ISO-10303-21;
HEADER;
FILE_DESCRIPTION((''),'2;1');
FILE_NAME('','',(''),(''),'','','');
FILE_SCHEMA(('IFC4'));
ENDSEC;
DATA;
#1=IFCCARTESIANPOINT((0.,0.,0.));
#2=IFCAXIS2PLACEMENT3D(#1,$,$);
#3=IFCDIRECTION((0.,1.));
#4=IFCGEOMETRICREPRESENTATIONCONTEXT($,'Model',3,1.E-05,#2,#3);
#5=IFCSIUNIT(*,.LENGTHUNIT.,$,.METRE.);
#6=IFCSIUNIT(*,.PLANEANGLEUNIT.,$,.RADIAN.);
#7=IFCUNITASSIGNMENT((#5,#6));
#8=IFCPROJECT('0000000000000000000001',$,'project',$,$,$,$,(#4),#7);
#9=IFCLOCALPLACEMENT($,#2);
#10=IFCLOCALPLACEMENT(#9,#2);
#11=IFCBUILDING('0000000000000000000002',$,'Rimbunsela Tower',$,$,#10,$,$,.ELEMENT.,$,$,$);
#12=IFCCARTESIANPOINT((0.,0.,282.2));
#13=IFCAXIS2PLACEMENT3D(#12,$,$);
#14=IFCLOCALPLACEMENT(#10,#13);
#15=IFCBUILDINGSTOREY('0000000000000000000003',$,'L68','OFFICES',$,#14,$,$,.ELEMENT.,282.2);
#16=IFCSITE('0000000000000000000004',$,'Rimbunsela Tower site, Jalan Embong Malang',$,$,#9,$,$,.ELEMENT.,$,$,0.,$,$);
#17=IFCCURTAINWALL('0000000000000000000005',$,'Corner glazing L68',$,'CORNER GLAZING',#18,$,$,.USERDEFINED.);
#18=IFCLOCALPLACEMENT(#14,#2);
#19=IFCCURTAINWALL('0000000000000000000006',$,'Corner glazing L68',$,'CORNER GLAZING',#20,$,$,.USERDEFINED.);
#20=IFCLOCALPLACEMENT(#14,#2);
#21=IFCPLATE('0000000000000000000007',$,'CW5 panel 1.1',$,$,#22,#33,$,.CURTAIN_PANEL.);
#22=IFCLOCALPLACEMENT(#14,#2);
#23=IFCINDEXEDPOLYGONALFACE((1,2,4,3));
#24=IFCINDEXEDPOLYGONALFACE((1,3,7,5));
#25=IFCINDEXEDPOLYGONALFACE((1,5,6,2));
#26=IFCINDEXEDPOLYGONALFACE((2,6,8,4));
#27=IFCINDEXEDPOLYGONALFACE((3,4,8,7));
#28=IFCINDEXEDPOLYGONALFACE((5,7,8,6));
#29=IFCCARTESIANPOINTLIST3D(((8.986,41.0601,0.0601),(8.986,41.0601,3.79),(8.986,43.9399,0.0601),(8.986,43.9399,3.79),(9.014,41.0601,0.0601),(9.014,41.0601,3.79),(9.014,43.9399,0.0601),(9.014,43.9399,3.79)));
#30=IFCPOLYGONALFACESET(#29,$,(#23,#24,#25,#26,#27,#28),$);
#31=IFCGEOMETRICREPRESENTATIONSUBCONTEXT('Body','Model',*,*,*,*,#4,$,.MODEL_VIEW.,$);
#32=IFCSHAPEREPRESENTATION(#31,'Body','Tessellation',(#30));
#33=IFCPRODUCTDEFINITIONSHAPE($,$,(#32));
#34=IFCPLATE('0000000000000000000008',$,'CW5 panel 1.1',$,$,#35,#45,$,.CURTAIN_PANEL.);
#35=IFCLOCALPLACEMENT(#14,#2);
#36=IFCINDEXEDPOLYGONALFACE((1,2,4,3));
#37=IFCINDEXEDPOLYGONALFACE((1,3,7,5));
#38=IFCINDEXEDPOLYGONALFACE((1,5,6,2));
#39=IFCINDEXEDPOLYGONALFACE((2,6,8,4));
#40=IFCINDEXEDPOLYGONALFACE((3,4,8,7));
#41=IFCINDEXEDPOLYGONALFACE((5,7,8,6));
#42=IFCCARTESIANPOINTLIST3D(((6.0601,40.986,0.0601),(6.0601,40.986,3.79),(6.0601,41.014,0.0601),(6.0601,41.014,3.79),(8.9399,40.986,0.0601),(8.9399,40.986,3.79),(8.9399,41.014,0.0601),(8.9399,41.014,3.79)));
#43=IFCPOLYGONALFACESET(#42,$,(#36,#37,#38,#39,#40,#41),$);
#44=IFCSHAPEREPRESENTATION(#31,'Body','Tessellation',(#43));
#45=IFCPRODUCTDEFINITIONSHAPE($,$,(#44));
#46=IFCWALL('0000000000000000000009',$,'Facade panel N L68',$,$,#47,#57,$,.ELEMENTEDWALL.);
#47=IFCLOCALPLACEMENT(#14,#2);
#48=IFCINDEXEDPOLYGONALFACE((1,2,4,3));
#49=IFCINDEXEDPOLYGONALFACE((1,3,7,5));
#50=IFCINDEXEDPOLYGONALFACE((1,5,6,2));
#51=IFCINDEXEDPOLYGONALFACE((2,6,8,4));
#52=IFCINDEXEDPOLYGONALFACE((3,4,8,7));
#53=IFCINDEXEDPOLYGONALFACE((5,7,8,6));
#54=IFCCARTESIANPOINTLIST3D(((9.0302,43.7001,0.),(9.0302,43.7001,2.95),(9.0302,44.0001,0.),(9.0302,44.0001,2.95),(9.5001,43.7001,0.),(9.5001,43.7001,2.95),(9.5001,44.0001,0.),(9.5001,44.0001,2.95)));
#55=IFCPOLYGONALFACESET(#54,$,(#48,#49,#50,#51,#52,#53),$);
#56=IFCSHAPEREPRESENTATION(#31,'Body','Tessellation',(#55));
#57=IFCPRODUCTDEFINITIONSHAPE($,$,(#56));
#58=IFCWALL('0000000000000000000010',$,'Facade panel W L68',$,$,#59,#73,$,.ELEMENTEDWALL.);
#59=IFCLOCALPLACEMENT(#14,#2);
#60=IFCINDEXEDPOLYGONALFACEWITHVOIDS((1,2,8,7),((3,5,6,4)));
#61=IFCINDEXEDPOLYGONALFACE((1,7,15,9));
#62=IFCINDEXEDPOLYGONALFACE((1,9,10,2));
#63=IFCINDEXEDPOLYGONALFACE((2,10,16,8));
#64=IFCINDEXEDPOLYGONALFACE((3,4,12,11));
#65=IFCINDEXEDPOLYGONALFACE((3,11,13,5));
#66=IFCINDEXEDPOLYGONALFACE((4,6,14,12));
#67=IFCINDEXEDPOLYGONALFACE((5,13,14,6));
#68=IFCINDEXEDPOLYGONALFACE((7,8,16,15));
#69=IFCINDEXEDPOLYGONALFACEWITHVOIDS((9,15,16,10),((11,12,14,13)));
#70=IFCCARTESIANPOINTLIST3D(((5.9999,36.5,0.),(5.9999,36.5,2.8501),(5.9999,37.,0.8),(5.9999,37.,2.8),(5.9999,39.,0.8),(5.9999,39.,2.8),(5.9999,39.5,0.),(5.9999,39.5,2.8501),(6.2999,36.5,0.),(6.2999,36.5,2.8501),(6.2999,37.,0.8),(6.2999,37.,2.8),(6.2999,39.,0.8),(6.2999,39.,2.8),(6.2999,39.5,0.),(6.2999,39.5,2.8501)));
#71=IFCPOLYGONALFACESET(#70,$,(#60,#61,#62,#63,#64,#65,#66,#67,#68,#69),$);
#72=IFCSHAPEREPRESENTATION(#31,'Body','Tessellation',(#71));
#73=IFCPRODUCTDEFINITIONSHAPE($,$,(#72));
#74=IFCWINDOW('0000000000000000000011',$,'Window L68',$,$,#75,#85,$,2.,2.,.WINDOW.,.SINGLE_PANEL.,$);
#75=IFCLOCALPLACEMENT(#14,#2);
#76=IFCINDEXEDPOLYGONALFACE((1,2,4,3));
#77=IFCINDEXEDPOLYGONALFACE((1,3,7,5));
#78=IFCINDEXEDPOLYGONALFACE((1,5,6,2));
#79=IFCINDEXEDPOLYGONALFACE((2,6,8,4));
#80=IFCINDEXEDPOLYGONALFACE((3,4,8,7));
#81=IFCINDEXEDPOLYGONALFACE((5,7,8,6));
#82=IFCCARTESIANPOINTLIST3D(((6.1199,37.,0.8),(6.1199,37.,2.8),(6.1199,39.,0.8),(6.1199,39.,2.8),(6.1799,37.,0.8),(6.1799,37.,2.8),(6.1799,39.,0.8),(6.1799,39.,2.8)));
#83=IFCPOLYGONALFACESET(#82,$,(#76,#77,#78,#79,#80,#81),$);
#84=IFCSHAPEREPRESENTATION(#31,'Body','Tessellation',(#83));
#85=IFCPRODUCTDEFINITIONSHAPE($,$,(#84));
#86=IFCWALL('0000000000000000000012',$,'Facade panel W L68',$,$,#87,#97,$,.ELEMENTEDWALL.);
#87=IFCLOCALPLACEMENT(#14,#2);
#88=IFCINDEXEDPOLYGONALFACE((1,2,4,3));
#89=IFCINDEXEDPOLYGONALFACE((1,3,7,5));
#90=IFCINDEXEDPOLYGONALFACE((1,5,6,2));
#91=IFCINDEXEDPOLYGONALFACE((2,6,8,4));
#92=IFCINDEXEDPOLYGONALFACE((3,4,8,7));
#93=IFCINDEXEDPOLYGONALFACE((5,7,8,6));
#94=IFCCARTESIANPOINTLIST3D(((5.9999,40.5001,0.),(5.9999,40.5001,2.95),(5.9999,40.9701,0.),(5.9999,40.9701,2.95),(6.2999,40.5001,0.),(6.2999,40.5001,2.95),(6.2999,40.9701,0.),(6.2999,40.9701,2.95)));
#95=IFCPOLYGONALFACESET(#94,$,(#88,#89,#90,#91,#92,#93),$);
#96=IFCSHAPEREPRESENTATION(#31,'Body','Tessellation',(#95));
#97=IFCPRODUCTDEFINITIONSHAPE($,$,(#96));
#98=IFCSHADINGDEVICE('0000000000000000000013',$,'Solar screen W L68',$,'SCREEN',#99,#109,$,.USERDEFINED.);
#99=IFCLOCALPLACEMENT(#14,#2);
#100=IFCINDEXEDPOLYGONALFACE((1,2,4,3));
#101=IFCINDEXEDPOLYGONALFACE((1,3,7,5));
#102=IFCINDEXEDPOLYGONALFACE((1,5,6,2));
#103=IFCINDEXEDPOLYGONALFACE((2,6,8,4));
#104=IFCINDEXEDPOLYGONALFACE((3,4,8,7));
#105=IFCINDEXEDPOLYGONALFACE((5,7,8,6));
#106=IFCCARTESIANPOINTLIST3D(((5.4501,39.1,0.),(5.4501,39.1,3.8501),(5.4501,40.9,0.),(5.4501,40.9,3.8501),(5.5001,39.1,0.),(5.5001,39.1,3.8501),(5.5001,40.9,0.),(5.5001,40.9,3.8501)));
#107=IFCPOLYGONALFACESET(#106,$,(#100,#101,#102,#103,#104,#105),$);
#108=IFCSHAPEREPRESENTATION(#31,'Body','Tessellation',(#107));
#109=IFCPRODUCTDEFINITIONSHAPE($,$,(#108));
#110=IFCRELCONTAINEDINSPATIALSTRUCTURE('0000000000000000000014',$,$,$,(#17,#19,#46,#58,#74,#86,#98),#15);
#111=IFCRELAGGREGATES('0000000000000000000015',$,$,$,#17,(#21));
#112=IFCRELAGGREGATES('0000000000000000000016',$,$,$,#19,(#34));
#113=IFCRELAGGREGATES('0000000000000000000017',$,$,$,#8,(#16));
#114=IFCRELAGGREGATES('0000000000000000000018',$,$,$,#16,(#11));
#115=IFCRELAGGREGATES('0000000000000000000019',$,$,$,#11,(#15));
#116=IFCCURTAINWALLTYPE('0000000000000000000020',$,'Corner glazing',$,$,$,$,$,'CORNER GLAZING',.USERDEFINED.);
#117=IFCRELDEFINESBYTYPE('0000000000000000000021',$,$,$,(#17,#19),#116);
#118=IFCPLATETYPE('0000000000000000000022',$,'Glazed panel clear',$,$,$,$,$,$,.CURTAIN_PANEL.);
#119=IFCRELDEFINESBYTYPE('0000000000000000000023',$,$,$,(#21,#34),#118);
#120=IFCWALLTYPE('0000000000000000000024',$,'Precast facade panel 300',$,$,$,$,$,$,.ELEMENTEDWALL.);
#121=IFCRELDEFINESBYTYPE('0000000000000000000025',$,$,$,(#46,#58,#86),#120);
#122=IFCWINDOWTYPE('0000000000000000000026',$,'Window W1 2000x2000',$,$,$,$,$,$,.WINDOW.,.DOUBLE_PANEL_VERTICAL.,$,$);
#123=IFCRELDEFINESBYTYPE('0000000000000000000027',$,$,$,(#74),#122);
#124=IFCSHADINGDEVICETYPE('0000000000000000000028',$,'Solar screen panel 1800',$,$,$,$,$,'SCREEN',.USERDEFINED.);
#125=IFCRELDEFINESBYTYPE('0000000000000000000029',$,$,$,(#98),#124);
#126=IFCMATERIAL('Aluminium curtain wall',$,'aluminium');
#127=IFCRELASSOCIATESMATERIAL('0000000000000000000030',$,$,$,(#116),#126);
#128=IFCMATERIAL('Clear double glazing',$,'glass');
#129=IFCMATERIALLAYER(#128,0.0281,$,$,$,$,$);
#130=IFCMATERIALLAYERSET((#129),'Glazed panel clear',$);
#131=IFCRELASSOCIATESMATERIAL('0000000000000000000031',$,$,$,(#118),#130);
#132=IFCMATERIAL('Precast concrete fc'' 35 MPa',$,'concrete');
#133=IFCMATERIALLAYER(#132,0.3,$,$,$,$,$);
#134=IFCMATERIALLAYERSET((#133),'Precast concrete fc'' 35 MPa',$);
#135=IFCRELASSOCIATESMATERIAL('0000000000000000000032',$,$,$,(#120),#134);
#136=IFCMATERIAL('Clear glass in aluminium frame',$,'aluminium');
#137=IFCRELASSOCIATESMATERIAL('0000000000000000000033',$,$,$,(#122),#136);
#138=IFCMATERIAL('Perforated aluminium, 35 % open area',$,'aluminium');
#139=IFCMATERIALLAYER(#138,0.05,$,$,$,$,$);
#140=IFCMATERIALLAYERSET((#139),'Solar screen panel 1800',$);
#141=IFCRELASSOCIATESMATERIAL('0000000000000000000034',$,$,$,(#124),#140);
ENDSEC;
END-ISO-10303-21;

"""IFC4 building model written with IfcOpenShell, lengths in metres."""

from ifc_helpers import new_model, si_unit, direction, frame, frame_2d, origin, origin_2d, place, context, subcontext, project, spatial, rectangle, extrude, material, layer, layer_set, type_object, element, fill, aggregate, save


model = new_model("IFC4")

# Units and contexts
model_context = context("Model", 3, precision=1e-05, world=origin(), true_north=direction((0.0, 1.0)))
body_context = subcontext(model_context, "Body", "Model", "MODEL_VIEW")
ifc_project = project(units=[si_unit("LENGTHUNIT", "METRE"), si_unit("PLANEANGLEUNIT", "RADIAN")], contexts=[model_context])

# Site, building, storey
site_placement = place(None, origin())
site = spatial("IfcSite", under=ifc_project, at=site_placement, Name="Rimbunsela Tower site, Jalan Embong Malang", CompositionType="ELEMENT", RefElevation=0.0)
building_placement = place(site_placement, origin())
building = spatial("IfcBuilding", under=site, at=building_placement, Name="Rimbunsela Tower", CompositionType="ELEMENT")
storey_placement = place(building_placement, frame((0.0, 0.0, 282.2)))
storey = spatial("IfcBuildingStorey", under=building, at=storey_placement, Name="L68", Description="OFFICES", CompositionType="ELEMENT", Elevation=282.2)

# Curtain walls
ifc_material_1 = material(Name="Aluminium curtain wall", Category="aluminium")
curtain_wall_type = type_object("IfcCurtainWallType", Name="Corner glazing", ElementType="CORNER GLAZING", PredefinedType="USERDEFINED", material=ifc_material_1)
curtain_wall_1_placement = place(storey_placement, origin())
curtain_wall_1 = element("IfcCurtainWall", 1, at=curtain_wall_1_placement, inside=storey, type_object=curtain_wall_type, Name="Corner glazing L68", ObjectType="CORNER GLAZING", PredefinedType="USERDEFINED")
curtain_wall_2_placement = place(storey_placement, origin())
curtain_wall_2 = element("IfcCurtainWall", 2, at=curtain_wall_2_placement, inside=storey, type_object=curtain_wall_type, Name="Corner glazing L68", ObjectType="CORNER GLAZING", PredefinedType="USERDEFINED")

# Plates
ifc_material_2 = material(Name="Clear double glazing", Category="glass")
ifc_layer_1 = layer(ifc_material_2, 0.0281)
ifc_layer_set_1 = layer_set([ifc_layer_1], Name="Glazed panel clear")
plate_type = type_object("IfcPlateType", Name="Glazed panel clear", PredefinedType="CURTAIN_PANEL", material=ifc_layer_set_1)
plate_1_placement = place(storey_placement, frame((9.0, 42.5, 0.0601), z_axis=(0.0, 0.0, 1.0), x_axis=(0.0, -1.0, 0.0)))
plate_1 = element("IfcPlate", 3, at=plate_1_placement, type_object=plate_type, Name="CW5 panel 1.1", PredefinedType="CURTAIN_PANEL", context=body_context, shape_type="SweptSolid", body=[
    extrude(rectangle(XDim=2.8799, YDim=0.0281, at=origin_2d()), origin(), (0.0, 0.0, 1.0), 3.73),
])
aggregate(curtain_wall_1, [plate_1])
plate_2_placement = place(storey_placement, frame((7.5, 41.0, 0.0601), z_axis=(0.0, 0.0, 1.0), x_axis=(-1.0, 0.0, 0.0)))
plate_2 = element("IfcPlate", 4, at=plate_2_placement, type_object=plate_type, Name="CW5 panel 1.1", PredefinedType="CURTAIN_PANEL", context=body_context, shape_type="SweptSolid", body=[
    extrude(rectangle(XDim=2.8799, YDim=0.0281, at=origin_2d()), origin(), (0.0, 0.0, 1.0), 3.73),
])
aggregate(curtain_wall_2, [plate_2])

# Wall
ifc_material_3 = material(Name="Precast concrete fc' 35 MPa", Category="concrete")
ifc_layer_2 = layer(ifc_material_3, 0.3)
ifc_layer_set_2 = layer_set([ifc_layer_2], Name="Precast concrete fc' 35 MPa")
wall_type = type_object("IfcWallType", Name="Precast facade panel 300", PredefinedType="ELEMENTEDWALL", material=ifc_layer_set_2)
wall_1_placement = place(storey_placement, frame((9.5, 43.8501, 0.0), z_axis=(0.0, 0.0, 1.0), x_axis=(-1.0, 0.0, 0.0)))
element("IfcWall", 5, at=wall_1_placement, inside=storey, type_object=wall_type, Name="Facade panel N L68", PredefinedType="ELEMENTEDWALL", context=body_context, shape_type="SweptSolid", body=[
    extrude(rectangle(XDim=0.47, YDim=0.3, at=frame_2d((0.2349, 0.0))), origin(), (0.0, 0.0, 1.0), 2.95),
])

# Wall, opening, window
wall_2_placement = place(storey_placement, frame((6.1499, 39.5, 0.0), z_axis=(0.0, 0.0, 1.0), x_axis=(0.0, -1.0, 0.0)))
wall_2 = element("IfcWall", 6, at=wall_2_placement, inside=storey, type_object=wall_type, Name="Facade panel W L68", PredefinedType="ELEMENTEDWALL", context=body_context, shape_type="SweptSolid", body=[
    extrude(rectangle(XDim=3.0, YDim=0.3, at=frame_2d((1.5, 0.0))), origin(), (0.0, 0.0, 1.0), 2.8501),
])
opening_placement = place(wall_2_placement, frame((0.5, 0.0, 0.8)))
opening = element("IfcOpeningElement", 7, at=opening_placement, cuts=wall_2, PredefinedType="OPENING", context=body_context, shape_type="SweptSolid", body=[
    extrude(rectangle(XDim=2.0, YDim=2.0, at=frame_2d((1.0, 1.0))), frame((0.0, 0.1599, 0.0), z_axis=(0.0, -1.0, 0.0), x_axis=(1.0, 0.0, 0.0)), (0.0, 0.0, 1.0), 0.3201),
])
ifc_material_4 = material(Name="Clear glass in aluminium frame", Category="aluminium")
window_type = type_object("IfcWindowType", Name="Window W1 2000x2000", PartitioningType="DOUBLE_PANEL_VERTICAL", PredefinedType="WINDOW", material=ifc_material_4)
window_placement = place(opening_placement, origin())
window = element("IfcWindow", 8, at=window_placement, inside=storey, type_object=window_type, Name="Window L68", OverallHeight=2.0, OverallWidth=2.0, PartitioningType="SINGLE_PANEL", PredefinedType="WINDOW", context=body_context, shape_type="SweptSolid", body=[
    extrude(rectangle(XDim=2.0, YDim=2.0, at=frame_2d((1.0, 1.0))), frame((0.0, 0.03, 0.0), z_axis=(0.0, -1.0, 0.0), x_axis=(1.0, 0.0, 0.0)), (0.0, 0.0, 1.0), 0.0601),
])
fill(opening, window)

# Wall
wall_3_placement = place(storey_placement, frame((6.1499, 40.97, 0.0), z_axis=(0.0, 0.0, 1.0), x_axis=(0.0, -1.0, 0.0)))
element("IfcWall", 9, at=wall_3_placement, inside=storey, type_object=wall_type, Name="Facade panel W L68", PredefinedType="ELEMENTEDWALL", context=body_context, shape_type="SweptSolid", body=[
    extrude(rectangle(XDim=0.47, YDim=0.3, at=frame_2d((0.2349, 0.0))), origin(), (0.0, 0.0, 1.0), 2.95),
])

# Shading device
ifc_material_5 = material(Name="Perforated aluminium, 35 % open area", Category="aluminium")
ifc_layer_3 = layer(ifc_material_5, 0.05)
ifc_layer_set_3 = layer_set([ifc_layer_3], Name="Solar screen panel 1800")
shading_device_type = type_object("IfcShadingDeviceType", Name="Solar screen panel 1800", ElementType="SCREEN", PredefinedType="USERDEFINED", material=ifc_layer_set_3)
shading_device_placement = place(storey_placement, frame((5.4751, 40.0, 0.0), z_axis=(0.0, 0.0, 1.0), x_axis=(0.0, 1.0, 0.0)))
element("IfcShadingDevice", 10, at=shading_device_placement, inside=storey, type_object=shading_device_type, Name="Solar screen W L68", ObjectType="SCREEN", PredefinedType="USERDEFINED", context=body_context, shape_type="SweptSolid", body=[
    extrude(rectangle(XDim=1.8, YDim=0.05, at=origin_2d()), origin(), (0.0, 0.0, 1.0), 3.8501),
])

save(model, "model.ifc")
